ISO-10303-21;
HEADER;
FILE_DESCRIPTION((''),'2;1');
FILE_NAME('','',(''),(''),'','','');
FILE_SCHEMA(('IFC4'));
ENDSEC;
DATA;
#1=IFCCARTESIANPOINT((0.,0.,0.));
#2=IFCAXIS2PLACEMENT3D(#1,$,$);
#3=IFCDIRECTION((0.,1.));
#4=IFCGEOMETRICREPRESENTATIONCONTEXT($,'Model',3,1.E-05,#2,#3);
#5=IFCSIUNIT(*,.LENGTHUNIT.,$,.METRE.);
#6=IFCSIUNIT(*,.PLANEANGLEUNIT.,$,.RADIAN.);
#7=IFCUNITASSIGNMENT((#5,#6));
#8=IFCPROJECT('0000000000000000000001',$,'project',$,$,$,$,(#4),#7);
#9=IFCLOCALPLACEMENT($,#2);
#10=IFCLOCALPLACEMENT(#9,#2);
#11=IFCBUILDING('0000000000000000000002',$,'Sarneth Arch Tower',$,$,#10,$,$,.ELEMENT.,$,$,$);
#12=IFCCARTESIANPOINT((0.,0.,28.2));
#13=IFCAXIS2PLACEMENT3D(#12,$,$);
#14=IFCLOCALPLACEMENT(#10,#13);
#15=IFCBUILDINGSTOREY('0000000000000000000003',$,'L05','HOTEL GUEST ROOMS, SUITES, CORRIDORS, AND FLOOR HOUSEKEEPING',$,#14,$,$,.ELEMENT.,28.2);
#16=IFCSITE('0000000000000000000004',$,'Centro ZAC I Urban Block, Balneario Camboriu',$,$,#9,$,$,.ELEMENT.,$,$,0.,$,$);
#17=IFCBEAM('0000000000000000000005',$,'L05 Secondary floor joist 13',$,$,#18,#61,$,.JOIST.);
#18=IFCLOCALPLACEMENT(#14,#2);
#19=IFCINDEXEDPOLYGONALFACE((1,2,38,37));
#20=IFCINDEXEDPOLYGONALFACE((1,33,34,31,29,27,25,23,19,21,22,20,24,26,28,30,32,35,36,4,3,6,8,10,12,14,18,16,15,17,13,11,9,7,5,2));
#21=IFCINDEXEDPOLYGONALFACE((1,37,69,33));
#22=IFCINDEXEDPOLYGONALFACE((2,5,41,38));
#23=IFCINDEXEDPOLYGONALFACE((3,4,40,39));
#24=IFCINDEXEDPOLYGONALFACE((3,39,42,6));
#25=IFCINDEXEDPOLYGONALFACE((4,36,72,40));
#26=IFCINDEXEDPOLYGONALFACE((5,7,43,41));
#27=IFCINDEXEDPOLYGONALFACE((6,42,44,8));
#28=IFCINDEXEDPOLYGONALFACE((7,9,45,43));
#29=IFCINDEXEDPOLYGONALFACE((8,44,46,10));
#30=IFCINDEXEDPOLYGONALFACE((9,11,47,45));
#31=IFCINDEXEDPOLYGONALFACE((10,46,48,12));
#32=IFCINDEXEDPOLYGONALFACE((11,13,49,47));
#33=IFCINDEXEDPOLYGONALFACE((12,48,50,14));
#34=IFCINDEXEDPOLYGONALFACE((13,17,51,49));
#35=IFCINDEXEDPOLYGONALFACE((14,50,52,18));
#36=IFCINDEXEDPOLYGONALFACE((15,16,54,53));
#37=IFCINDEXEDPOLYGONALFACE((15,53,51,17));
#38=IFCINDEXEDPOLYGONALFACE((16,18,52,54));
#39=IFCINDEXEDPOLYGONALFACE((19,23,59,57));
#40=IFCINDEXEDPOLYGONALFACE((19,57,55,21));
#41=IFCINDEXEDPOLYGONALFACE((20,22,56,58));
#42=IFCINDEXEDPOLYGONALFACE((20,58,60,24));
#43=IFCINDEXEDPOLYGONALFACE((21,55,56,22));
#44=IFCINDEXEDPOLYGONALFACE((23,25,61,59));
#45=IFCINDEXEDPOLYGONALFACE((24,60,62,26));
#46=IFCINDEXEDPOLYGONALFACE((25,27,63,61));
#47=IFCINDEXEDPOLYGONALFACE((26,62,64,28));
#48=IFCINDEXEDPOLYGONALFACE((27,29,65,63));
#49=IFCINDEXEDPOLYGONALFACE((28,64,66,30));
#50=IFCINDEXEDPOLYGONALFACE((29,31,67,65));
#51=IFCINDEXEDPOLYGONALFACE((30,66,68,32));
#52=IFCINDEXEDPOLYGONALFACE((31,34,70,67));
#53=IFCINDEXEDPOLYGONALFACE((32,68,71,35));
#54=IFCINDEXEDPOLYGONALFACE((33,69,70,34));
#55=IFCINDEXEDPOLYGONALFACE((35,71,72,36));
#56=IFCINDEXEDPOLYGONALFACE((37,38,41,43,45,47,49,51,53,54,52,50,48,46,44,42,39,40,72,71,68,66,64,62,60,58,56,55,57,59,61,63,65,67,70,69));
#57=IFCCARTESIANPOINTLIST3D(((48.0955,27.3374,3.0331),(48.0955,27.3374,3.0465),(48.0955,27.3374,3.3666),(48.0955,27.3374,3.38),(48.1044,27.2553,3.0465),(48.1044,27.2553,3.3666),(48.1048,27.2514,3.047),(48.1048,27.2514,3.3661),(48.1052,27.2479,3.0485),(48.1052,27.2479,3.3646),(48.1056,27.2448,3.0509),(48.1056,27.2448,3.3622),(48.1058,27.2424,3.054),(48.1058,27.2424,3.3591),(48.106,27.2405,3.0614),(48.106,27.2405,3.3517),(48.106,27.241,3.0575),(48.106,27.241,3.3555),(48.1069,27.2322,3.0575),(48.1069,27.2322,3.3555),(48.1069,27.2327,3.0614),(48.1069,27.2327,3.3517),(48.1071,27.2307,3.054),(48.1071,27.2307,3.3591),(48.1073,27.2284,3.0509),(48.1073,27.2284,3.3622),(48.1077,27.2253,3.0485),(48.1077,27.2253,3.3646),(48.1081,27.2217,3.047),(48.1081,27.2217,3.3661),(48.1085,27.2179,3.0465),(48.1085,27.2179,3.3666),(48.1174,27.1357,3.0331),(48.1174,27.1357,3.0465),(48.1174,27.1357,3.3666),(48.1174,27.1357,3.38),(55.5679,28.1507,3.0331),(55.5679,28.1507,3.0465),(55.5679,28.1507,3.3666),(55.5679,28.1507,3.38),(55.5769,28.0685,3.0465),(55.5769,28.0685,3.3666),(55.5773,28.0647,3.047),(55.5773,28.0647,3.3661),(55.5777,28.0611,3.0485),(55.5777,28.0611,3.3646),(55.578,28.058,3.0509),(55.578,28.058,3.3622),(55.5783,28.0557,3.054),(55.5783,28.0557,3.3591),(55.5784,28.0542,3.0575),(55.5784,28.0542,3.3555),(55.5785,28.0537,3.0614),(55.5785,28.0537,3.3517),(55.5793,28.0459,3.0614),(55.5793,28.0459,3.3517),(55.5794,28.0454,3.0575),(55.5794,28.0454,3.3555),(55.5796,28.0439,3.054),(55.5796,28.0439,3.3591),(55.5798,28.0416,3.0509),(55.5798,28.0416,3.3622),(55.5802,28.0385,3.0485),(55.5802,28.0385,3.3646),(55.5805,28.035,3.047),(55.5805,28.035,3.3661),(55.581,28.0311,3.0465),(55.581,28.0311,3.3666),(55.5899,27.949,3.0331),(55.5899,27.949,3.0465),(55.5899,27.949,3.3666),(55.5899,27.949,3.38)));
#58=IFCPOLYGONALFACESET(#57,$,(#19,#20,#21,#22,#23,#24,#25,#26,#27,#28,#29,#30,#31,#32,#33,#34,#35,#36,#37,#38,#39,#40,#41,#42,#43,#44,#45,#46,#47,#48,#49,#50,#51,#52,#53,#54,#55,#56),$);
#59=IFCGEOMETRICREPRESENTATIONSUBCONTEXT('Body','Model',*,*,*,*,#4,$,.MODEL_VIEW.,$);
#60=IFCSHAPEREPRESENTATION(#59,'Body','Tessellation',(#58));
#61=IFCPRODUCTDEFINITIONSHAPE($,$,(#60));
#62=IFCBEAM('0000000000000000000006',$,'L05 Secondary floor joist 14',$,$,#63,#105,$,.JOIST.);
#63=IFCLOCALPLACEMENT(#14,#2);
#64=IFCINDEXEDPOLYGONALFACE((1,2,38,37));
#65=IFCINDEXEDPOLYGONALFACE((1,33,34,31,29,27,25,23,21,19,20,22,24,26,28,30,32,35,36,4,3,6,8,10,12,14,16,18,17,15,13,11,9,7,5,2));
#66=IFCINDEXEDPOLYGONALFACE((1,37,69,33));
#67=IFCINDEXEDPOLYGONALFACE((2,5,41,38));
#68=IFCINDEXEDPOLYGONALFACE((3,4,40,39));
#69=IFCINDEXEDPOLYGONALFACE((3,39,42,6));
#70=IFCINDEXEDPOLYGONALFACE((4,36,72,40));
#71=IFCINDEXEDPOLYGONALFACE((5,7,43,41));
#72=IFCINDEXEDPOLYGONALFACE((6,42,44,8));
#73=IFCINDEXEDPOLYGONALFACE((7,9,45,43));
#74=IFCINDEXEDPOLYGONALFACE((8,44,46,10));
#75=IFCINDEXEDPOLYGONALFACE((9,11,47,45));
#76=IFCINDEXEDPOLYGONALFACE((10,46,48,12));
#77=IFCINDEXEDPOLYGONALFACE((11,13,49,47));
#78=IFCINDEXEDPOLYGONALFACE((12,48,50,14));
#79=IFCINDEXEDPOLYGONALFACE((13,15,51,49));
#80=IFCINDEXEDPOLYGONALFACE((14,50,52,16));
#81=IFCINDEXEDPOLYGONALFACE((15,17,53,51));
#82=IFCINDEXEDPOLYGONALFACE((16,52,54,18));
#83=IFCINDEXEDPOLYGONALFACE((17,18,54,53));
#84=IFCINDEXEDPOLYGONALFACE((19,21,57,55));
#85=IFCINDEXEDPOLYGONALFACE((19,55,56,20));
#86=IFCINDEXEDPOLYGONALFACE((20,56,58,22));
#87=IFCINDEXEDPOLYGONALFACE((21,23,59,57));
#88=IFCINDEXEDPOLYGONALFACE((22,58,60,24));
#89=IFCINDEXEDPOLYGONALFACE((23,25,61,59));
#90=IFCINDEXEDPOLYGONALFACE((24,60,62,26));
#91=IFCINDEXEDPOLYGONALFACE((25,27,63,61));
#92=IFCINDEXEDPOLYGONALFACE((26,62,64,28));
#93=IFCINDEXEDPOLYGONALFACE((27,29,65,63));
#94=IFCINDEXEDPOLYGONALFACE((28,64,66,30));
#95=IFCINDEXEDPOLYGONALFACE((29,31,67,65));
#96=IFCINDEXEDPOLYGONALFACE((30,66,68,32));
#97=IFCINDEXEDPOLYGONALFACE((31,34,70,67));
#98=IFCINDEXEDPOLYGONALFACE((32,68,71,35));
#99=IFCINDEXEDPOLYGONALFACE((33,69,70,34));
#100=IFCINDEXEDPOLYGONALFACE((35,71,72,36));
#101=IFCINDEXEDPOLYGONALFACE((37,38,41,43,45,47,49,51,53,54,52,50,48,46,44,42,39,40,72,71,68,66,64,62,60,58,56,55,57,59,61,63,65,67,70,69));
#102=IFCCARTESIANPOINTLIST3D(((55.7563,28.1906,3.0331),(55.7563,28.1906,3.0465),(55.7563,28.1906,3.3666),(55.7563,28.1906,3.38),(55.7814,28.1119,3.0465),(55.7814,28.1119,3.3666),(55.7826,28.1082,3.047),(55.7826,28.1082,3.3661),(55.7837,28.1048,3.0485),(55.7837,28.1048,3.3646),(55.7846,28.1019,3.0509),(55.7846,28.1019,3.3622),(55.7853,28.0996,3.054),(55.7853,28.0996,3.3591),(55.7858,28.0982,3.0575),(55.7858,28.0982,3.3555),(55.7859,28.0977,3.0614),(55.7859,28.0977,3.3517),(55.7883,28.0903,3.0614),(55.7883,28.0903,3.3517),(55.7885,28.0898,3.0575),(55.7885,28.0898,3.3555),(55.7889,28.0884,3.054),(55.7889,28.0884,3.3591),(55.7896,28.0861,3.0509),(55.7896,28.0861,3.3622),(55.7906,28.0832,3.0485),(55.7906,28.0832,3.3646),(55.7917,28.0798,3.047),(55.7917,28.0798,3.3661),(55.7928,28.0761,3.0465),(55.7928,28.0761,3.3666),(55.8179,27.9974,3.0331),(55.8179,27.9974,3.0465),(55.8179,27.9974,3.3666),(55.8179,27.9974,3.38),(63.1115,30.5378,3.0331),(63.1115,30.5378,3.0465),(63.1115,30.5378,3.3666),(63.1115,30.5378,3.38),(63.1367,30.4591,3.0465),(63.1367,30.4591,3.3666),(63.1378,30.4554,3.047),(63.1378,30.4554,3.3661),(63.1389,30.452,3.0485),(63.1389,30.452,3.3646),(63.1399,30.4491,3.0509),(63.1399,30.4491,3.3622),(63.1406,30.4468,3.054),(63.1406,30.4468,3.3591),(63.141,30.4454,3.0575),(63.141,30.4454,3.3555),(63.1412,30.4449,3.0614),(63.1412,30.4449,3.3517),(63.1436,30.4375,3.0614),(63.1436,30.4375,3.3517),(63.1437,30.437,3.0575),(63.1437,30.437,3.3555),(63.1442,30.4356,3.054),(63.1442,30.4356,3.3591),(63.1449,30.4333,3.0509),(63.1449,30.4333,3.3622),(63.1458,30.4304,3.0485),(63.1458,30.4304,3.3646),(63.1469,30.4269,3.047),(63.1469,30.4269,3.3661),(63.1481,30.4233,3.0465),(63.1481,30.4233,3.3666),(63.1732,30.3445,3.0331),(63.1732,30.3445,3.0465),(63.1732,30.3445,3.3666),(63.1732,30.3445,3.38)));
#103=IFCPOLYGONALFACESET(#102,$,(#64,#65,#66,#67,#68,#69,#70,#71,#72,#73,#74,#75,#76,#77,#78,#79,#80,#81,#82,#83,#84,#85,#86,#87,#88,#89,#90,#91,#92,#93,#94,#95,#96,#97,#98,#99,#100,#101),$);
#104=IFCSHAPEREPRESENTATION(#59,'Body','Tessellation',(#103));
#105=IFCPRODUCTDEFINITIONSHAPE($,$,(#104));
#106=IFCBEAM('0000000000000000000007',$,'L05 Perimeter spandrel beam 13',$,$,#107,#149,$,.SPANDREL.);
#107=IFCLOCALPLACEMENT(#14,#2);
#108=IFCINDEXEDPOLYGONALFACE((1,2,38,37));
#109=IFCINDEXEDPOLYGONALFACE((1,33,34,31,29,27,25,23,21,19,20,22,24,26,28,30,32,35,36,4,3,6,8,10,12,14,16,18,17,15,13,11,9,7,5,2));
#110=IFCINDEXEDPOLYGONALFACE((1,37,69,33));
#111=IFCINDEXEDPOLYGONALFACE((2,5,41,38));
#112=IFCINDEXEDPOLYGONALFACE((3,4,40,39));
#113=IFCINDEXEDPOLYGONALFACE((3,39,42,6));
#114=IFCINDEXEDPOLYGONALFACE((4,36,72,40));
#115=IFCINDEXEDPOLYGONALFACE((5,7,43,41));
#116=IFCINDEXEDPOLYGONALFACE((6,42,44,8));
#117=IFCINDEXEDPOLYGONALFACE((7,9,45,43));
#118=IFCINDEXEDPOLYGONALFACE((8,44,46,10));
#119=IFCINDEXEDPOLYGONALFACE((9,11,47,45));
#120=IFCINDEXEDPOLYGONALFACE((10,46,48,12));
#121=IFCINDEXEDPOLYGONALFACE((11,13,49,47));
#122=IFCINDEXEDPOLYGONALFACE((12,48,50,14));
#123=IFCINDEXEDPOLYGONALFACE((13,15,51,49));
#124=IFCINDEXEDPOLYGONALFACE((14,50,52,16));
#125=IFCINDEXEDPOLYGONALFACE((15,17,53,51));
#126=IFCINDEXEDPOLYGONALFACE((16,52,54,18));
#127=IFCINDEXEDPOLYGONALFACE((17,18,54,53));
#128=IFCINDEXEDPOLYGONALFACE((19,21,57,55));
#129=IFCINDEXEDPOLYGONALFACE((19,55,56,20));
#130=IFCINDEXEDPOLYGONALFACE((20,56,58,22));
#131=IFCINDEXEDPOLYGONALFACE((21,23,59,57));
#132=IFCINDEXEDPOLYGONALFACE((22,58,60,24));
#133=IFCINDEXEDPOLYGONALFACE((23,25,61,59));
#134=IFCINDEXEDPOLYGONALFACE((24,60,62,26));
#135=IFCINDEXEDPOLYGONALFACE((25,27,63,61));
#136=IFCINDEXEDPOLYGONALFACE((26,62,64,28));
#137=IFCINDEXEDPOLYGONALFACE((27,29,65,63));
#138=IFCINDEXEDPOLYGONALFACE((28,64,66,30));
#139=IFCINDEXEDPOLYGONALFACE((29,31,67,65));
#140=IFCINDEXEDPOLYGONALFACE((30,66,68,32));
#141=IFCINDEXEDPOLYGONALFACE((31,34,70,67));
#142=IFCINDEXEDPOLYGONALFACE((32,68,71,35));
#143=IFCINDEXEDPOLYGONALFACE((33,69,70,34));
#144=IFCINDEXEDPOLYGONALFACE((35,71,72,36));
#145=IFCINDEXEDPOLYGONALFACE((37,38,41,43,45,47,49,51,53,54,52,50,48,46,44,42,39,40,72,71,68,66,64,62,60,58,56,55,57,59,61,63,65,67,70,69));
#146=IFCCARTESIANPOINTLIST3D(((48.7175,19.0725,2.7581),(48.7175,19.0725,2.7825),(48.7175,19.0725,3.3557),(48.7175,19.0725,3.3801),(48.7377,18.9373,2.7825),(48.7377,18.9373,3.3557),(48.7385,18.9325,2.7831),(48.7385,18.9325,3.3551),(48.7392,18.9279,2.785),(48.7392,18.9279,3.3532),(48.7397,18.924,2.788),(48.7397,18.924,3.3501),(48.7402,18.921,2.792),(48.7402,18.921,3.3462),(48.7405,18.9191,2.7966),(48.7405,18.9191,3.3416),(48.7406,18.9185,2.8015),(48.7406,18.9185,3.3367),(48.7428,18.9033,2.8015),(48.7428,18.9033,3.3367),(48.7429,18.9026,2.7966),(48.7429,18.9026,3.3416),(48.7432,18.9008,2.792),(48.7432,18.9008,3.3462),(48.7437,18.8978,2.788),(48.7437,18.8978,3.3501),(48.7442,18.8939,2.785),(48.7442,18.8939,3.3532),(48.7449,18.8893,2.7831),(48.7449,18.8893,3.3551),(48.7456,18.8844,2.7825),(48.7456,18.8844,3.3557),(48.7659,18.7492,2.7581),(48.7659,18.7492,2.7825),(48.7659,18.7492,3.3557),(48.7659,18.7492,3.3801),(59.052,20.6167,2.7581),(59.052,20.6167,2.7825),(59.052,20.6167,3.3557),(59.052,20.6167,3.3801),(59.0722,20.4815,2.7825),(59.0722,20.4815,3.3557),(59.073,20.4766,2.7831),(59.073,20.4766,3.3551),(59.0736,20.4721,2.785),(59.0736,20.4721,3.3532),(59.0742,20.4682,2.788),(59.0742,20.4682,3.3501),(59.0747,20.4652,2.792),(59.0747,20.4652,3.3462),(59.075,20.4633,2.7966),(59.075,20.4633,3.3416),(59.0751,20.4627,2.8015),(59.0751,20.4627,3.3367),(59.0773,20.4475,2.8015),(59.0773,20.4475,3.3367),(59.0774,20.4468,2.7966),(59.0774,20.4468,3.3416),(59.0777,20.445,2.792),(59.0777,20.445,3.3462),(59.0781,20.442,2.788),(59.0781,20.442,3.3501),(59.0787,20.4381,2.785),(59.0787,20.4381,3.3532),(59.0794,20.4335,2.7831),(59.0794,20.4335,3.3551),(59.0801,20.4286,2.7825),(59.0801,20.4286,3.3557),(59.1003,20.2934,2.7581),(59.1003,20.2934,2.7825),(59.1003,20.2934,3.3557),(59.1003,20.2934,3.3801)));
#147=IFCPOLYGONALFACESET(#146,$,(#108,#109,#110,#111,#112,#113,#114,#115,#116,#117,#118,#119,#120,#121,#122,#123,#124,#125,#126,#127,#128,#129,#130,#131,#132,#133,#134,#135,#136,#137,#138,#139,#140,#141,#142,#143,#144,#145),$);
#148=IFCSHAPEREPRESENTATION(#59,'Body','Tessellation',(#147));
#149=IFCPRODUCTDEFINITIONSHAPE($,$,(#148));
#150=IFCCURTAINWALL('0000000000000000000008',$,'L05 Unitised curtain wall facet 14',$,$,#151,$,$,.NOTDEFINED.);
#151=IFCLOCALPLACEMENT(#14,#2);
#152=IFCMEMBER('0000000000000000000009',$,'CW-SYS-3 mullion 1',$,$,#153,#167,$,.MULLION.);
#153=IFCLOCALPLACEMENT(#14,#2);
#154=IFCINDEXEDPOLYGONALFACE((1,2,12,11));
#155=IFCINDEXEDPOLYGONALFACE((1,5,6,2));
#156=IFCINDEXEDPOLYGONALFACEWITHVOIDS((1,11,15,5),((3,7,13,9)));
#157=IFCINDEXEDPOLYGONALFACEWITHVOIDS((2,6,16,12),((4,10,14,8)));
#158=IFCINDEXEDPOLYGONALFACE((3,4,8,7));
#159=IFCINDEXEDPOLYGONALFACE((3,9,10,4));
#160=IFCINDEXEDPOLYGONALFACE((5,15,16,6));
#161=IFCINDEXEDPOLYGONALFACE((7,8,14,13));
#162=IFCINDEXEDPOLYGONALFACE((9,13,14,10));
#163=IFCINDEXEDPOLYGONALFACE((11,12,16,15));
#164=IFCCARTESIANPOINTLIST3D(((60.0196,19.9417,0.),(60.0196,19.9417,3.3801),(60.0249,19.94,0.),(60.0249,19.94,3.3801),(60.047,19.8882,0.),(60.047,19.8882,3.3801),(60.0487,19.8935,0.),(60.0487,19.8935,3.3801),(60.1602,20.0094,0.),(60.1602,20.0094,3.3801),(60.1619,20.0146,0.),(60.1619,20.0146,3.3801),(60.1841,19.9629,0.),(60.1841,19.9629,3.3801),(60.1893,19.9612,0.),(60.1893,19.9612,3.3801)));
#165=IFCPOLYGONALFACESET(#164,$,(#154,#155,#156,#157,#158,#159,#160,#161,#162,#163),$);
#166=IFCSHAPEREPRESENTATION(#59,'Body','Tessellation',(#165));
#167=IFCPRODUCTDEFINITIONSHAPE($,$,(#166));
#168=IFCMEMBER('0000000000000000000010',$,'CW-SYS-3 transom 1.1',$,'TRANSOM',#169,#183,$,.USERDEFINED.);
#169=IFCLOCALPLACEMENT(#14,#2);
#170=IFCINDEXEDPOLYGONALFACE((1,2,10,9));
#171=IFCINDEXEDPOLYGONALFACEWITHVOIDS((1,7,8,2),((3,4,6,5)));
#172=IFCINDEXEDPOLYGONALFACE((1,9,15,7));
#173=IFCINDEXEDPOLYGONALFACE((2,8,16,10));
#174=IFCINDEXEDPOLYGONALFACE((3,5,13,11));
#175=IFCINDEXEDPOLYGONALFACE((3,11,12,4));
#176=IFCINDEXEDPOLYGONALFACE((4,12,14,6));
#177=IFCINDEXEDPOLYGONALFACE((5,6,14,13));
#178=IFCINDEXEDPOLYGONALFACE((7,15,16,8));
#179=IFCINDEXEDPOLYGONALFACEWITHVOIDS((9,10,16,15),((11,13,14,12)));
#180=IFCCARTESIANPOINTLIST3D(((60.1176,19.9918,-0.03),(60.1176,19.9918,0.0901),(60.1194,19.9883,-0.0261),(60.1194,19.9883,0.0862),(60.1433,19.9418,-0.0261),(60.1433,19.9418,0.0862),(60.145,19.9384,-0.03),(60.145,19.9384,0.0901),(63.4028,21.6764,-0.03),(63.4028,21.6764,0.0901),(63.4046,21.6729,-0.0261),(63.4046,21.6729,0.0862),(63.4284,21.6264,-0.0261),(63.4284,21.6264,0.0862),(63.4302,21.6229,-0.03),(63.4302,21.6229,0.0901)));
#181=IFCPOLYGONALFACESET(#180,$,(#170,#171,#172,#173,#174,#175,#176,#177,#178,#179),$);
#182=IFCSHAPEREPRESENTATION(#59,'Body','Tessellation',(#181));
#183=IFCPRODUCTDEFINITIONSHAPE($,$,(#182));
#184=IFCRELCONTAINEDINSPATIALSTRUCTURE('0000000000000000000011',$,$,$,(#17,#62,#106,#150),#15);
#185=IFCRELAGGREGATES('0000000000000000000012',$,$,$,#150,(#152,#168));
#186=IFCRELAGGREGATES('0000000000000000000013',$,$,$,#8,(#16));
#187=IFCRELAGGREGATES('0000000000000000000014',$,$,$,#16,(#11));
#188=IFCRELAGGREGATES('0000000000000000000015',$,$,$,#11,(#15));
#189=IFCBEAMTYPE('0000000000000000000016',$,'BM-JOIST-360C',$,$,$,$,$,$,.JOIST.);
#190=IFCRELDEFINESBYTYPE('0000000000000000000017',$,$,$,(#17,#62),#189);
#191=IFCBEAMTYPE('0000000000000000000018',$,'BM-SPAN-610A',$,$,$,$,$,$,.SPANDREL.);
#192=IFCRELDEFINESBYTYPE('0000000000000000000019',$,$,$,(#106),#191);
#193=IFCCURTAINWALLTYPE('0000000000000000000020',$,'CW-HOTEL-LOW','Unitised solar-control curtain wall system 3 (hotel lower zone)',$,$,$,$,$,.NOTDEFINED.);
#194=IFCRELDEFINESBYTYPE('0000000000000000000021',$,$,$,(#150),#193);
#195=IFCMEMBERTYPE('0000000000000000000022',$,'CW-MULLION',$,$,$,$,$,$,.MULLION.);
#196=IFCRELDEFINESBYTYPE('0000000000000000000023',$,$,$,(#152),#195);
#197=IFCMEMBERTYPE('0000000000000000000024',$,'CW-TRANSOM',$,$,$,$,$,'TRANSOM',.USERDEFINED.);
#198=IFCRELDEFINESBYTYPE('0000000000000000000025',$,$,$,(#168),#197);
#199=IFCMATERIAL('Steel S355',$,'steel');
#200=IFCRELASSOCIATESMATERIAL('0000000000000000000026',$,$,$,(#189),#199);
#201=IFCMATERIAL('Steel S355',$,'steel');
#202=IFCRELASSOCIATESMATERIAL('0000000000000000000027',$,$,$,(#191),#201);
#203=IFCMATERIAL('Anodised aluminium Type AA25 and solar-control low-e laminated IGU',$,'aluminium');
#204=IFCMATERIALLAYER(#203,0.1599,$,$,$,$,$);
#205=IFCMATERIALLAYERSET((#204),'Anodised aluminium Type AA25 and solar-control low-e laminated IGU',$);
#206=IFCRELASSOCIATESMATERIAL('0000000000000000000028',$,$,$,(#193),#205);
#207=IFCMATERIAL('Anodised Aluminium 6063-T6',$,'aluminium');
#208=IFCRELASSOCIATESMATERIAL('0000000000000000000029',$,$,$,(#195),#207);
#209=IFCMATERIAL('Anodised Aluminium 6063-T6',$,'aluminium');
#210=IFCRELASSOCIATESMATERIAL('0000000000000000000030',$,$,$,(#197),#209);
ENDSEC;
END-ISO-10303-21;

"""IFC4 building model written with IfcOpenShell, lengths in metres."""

from ifc_helpers import new_model, si_unit, direction, frame, origin, origin_2d, place, context, subcontext, project, spatial, hollow_rectangle, i_section, extrude, material, layer, layer_set, material_profile, profile_set, type_object, element, aggregate, save


model = new_model("IFC4")

# Units and contexts
model_context = context("Model", 3, precision=1e-05, world=origin(), true_north=direction((0.0, 1.0)))
body_context = subcontext(model_context, "Body", "Model", "MODEL_VIEW")
ifc_project = project(units=[si_unit("LENGTHUNIT", "METRE"), si_unit("PLANEANGLEUNIT", "RADIAN")], contexts=[model_context])

# Site, building, storey
site_placement = place(None, origin())
site = spatial("IfcSite", under=ifc_project, at=site_placement, Name="Centro ZAC I Urban Block, Balneario Camboriu", CompositionType="ELEMENT", RefElevation=0.0)
building_placement = place(site_placement, origin())
building = spatial("IfcBuilding", under=site, at=building_placement, Name="Sarneth Arch Tower", CompositionType="ELEMENT")
storey_placement = place(building_placement, frame((0.0, 0.0, 28.2)))
storey = spatial("IfcBuildingStorey", under=building, at=storey_placement, Name="L05", Description="HOTEL GUEST ROOMS, SUITES, CORRIDORS, AND FLOOR HOUSEKEEPING", CompositionType="ELEMENT", Elevation=28.2)

# Beams
ifc_material_1 = material(Name="Steel S355", Category="steel")
ifc_material_profile_1 = material_profile(ifc_material_1, i_section(OverallWidth=0.2029, OverallDepth=0.3469, WebThickness=0.0078, FlangeThickness=0.0134, FilletRadius=0.0149, at=origin_2d()), Name="W360x64")
ifc_profile_set_1 = profile_set([ifc_material_profile_1], Name="Steel S355")
beam_type_1 = type_object("IfcBeamType", Name="BM-JOIST-360C", PredefinedType="JOIST", material=ifc_profile_set_1)
beam_1_placement = place(storey_placement, frame((48.1064, 27.2366, 3.2065), z_axis=(0.99413, 0.108192, 0.0), x_axis=(-0.108192, 0.99413, 0.0)))
element("IfcBeam", 1, at=beam_1_placement, inside=storey, type_object=beam_type_1, Name="L05 Secondary floor joist 13", PredefinedType="JOIST", context=body_context, shape_type="SweptSolid", body=[
    extrude(i_section(OverallWidth=0.2029, OverallDepth=0.3469, WebThickness=0.0078, FlangeThickness=0.0134, FilletRadius=0.0149, at=origin_2d()), origin(), (0.0, 0.0, 1.0), 7.5166),
])
beam_2_placement = place(storey_placement, frame((55.7871, 28.094, 3.2065), z_axis=(0.952668, 0.304011, 0.0), x_axis=(-0.304011, 0.952668, 0.0)))
element("IfcBeam", 2, at=beam_2_placement, inside=storey, type_object=beam_type_1, Name="L05 Secondary floor joist 14", PredefinedType="JOIST", context=body_context, shape_type="SweptSolid", body=[
    extrude(i_section(OverallWidth=0.2029, OverallDepth=0.3469, WebThickness=0.0078, FlangeThickness=0.0134, FilletRadius=0.0149, at=origin_2d()), origin(), (0.0, 0.0, 1.0), 7.7207),
])
ifc_material_2 = material(Name="Steel S355", Category="steel")
ifc_material_profile_2 = material_profile(ifc_material_2, i_section(OverallWidth=0.3269, OverallDepth=0.6221, WebThickness=0.0154, FlangeThickness=0.0244, FilletRadius=0.019, at=origin_2d()), Name="W610x195")
ifc_profile_set_2 = profile_set([ifc_material_profile_2], Name="Steel S355")
beam_type_2 = type_object("IfcBeamType", Name="BM-SPAN-610A", PredefinedType="SPANDREL", material=ifc_profile_set_2)
beam_3_placement = place(storey_placement, frame((48.7417, 18.9109, 3.0691), z_axis=(0.98902, 0.147781, 0.0), x_axis=(-0.147781, 0.98902, 0.0)))
element("IfcBeam", 3, at=beam_3_placement, inside=storey, type_object=beam_type_2, Name="L05 Perimeter spandrel beam 13", PredefinedType="SPANDREL", context=body_context, shape_type="SweptSolid", body=[
    extrude(i_section(OverallWidth=0.3269, OverallDepth=0.6221, WebThickness=0.0154, FlangeThickness=0.0244, FilletRadius=0.019, at=origin_2d()), origin(), (0.0, 0.0, 1.0), 10.4492),
])

# Curtain wall, members
ifc_material_3 = material(Name="Anodised aluminium Type AA25 and solar-control low-e laminated IGU", Category="aluminium")
ifc_layer_1 = layer(ifc_material_3, 0.1599)
ifc_layer_set_1 = layer_set([ifc_layer_1], Name="Anodised aluminium Type AA25 and solar-control low-e laminated IGU")
curtain_wall_type = type_object("IfcCurtainWallType", Name="CW-HOTEL-LOW", Description="Unitised solar-control curtain wall system 3 (hotel lower zone)", PredefinedType="NOTDEFINED", material=ifc_layer_set_1)
curtain_wall_placement = place(storey_placement, origin())
curtain_wall = element("IfcCurtainWall", 4, at=curtain_wall_placement, inside=storey, type_object=curtain_wall_type, Name="L05 Unitised curtain wall facet 14", PredefinedType="NOTDEFINED")
ifc_material_4 = material(Name="Anodised Aluminium 6063-T6", Category="aluminium")
ifc_material_profile_3 = material_profile(ifc_material_4, hollow_rectangle(XDim=0.0601, YDim=0.1599, WallThickness=0.0039, at=origin_2d()), Name="AL-MULL-160x60x4")
ifc_profile_set_3 = profile_set([ifc_material_profile_3], Name="Anodised Aluminium 6063-T6")
member_type_1 = type_object("IfcMemberType", Name="CW-MULLION", PredefinedType="MULLION", material=ifc_profile_set_3)
member_1_placement = place(storey_placement, frame((60.1045, 19.9514, 0.0), z_axis=(0.0, 0.0, 1.0), x_axis=(-0.456245, 0.889854, 0.0)))
member_1 = element("IfcMember", 5, at=member_1_placement, type_object=member_type_1, Name="CW-SYS-3 mullion 1", PredefinedType="MULLION", context=body_context, shape_type="SweptSolid", body=[
    extrude(hollow_rectangle(XDim=0.0601, YDim=0.1599, WallThickness=0.0039, at=origin_2d()), origin(), (0.0, 0.0, 1.0), 3.3801),
])
ifc_material_5 = material(Name="Anodised Aluminium 6063-T6", Category="aluminium")
ifc_material_profile_4 = material_profile(ifc_material_5, hollow_rectangle(XDim=0.0601, YDim=0.1201, WallThickness=0.0039, at=origin_2d()), Name="AL-TRAN-120x60x4")
ifc_profile_set_4 = profile_set([ifc_material_profile_4], Name="Anodised Aluminium 6063-T6")
member_type_2 = type_object("IfcMemberType", Name="CW-TRANSOM", ElementType="TRANSOM", PredefinedType="USERDEFINED", material=ifc_profile_set_4)
member_2_placement = place(storey_placement, frame((60.1313, 19.9651, 0.03), z_axis=(0.889831, 0.45629, 0.0), x_axis=(-0.45629, 0.889831, 0.0)))
member_2 = element("IfcMember", 6, at=member_2_placement, type_object=member_type_2, Name="CW-SYS-3 transom 1.1", ObjectType="TRANSOM", PredefinedType="USERDEFINED", context=body_context, shape_type="SweptSolid", body=[
    extrude(hollow_rectangle(XDim=0.0601, YDim=0.1201, WallThickness=0.0039, at=origin_2d()), origin(), (0.0, 0.0, 1.0), 3.6919),
])
aggregate(curtain_wall, [member_1, member_2])

save(model, "model.ifc")
